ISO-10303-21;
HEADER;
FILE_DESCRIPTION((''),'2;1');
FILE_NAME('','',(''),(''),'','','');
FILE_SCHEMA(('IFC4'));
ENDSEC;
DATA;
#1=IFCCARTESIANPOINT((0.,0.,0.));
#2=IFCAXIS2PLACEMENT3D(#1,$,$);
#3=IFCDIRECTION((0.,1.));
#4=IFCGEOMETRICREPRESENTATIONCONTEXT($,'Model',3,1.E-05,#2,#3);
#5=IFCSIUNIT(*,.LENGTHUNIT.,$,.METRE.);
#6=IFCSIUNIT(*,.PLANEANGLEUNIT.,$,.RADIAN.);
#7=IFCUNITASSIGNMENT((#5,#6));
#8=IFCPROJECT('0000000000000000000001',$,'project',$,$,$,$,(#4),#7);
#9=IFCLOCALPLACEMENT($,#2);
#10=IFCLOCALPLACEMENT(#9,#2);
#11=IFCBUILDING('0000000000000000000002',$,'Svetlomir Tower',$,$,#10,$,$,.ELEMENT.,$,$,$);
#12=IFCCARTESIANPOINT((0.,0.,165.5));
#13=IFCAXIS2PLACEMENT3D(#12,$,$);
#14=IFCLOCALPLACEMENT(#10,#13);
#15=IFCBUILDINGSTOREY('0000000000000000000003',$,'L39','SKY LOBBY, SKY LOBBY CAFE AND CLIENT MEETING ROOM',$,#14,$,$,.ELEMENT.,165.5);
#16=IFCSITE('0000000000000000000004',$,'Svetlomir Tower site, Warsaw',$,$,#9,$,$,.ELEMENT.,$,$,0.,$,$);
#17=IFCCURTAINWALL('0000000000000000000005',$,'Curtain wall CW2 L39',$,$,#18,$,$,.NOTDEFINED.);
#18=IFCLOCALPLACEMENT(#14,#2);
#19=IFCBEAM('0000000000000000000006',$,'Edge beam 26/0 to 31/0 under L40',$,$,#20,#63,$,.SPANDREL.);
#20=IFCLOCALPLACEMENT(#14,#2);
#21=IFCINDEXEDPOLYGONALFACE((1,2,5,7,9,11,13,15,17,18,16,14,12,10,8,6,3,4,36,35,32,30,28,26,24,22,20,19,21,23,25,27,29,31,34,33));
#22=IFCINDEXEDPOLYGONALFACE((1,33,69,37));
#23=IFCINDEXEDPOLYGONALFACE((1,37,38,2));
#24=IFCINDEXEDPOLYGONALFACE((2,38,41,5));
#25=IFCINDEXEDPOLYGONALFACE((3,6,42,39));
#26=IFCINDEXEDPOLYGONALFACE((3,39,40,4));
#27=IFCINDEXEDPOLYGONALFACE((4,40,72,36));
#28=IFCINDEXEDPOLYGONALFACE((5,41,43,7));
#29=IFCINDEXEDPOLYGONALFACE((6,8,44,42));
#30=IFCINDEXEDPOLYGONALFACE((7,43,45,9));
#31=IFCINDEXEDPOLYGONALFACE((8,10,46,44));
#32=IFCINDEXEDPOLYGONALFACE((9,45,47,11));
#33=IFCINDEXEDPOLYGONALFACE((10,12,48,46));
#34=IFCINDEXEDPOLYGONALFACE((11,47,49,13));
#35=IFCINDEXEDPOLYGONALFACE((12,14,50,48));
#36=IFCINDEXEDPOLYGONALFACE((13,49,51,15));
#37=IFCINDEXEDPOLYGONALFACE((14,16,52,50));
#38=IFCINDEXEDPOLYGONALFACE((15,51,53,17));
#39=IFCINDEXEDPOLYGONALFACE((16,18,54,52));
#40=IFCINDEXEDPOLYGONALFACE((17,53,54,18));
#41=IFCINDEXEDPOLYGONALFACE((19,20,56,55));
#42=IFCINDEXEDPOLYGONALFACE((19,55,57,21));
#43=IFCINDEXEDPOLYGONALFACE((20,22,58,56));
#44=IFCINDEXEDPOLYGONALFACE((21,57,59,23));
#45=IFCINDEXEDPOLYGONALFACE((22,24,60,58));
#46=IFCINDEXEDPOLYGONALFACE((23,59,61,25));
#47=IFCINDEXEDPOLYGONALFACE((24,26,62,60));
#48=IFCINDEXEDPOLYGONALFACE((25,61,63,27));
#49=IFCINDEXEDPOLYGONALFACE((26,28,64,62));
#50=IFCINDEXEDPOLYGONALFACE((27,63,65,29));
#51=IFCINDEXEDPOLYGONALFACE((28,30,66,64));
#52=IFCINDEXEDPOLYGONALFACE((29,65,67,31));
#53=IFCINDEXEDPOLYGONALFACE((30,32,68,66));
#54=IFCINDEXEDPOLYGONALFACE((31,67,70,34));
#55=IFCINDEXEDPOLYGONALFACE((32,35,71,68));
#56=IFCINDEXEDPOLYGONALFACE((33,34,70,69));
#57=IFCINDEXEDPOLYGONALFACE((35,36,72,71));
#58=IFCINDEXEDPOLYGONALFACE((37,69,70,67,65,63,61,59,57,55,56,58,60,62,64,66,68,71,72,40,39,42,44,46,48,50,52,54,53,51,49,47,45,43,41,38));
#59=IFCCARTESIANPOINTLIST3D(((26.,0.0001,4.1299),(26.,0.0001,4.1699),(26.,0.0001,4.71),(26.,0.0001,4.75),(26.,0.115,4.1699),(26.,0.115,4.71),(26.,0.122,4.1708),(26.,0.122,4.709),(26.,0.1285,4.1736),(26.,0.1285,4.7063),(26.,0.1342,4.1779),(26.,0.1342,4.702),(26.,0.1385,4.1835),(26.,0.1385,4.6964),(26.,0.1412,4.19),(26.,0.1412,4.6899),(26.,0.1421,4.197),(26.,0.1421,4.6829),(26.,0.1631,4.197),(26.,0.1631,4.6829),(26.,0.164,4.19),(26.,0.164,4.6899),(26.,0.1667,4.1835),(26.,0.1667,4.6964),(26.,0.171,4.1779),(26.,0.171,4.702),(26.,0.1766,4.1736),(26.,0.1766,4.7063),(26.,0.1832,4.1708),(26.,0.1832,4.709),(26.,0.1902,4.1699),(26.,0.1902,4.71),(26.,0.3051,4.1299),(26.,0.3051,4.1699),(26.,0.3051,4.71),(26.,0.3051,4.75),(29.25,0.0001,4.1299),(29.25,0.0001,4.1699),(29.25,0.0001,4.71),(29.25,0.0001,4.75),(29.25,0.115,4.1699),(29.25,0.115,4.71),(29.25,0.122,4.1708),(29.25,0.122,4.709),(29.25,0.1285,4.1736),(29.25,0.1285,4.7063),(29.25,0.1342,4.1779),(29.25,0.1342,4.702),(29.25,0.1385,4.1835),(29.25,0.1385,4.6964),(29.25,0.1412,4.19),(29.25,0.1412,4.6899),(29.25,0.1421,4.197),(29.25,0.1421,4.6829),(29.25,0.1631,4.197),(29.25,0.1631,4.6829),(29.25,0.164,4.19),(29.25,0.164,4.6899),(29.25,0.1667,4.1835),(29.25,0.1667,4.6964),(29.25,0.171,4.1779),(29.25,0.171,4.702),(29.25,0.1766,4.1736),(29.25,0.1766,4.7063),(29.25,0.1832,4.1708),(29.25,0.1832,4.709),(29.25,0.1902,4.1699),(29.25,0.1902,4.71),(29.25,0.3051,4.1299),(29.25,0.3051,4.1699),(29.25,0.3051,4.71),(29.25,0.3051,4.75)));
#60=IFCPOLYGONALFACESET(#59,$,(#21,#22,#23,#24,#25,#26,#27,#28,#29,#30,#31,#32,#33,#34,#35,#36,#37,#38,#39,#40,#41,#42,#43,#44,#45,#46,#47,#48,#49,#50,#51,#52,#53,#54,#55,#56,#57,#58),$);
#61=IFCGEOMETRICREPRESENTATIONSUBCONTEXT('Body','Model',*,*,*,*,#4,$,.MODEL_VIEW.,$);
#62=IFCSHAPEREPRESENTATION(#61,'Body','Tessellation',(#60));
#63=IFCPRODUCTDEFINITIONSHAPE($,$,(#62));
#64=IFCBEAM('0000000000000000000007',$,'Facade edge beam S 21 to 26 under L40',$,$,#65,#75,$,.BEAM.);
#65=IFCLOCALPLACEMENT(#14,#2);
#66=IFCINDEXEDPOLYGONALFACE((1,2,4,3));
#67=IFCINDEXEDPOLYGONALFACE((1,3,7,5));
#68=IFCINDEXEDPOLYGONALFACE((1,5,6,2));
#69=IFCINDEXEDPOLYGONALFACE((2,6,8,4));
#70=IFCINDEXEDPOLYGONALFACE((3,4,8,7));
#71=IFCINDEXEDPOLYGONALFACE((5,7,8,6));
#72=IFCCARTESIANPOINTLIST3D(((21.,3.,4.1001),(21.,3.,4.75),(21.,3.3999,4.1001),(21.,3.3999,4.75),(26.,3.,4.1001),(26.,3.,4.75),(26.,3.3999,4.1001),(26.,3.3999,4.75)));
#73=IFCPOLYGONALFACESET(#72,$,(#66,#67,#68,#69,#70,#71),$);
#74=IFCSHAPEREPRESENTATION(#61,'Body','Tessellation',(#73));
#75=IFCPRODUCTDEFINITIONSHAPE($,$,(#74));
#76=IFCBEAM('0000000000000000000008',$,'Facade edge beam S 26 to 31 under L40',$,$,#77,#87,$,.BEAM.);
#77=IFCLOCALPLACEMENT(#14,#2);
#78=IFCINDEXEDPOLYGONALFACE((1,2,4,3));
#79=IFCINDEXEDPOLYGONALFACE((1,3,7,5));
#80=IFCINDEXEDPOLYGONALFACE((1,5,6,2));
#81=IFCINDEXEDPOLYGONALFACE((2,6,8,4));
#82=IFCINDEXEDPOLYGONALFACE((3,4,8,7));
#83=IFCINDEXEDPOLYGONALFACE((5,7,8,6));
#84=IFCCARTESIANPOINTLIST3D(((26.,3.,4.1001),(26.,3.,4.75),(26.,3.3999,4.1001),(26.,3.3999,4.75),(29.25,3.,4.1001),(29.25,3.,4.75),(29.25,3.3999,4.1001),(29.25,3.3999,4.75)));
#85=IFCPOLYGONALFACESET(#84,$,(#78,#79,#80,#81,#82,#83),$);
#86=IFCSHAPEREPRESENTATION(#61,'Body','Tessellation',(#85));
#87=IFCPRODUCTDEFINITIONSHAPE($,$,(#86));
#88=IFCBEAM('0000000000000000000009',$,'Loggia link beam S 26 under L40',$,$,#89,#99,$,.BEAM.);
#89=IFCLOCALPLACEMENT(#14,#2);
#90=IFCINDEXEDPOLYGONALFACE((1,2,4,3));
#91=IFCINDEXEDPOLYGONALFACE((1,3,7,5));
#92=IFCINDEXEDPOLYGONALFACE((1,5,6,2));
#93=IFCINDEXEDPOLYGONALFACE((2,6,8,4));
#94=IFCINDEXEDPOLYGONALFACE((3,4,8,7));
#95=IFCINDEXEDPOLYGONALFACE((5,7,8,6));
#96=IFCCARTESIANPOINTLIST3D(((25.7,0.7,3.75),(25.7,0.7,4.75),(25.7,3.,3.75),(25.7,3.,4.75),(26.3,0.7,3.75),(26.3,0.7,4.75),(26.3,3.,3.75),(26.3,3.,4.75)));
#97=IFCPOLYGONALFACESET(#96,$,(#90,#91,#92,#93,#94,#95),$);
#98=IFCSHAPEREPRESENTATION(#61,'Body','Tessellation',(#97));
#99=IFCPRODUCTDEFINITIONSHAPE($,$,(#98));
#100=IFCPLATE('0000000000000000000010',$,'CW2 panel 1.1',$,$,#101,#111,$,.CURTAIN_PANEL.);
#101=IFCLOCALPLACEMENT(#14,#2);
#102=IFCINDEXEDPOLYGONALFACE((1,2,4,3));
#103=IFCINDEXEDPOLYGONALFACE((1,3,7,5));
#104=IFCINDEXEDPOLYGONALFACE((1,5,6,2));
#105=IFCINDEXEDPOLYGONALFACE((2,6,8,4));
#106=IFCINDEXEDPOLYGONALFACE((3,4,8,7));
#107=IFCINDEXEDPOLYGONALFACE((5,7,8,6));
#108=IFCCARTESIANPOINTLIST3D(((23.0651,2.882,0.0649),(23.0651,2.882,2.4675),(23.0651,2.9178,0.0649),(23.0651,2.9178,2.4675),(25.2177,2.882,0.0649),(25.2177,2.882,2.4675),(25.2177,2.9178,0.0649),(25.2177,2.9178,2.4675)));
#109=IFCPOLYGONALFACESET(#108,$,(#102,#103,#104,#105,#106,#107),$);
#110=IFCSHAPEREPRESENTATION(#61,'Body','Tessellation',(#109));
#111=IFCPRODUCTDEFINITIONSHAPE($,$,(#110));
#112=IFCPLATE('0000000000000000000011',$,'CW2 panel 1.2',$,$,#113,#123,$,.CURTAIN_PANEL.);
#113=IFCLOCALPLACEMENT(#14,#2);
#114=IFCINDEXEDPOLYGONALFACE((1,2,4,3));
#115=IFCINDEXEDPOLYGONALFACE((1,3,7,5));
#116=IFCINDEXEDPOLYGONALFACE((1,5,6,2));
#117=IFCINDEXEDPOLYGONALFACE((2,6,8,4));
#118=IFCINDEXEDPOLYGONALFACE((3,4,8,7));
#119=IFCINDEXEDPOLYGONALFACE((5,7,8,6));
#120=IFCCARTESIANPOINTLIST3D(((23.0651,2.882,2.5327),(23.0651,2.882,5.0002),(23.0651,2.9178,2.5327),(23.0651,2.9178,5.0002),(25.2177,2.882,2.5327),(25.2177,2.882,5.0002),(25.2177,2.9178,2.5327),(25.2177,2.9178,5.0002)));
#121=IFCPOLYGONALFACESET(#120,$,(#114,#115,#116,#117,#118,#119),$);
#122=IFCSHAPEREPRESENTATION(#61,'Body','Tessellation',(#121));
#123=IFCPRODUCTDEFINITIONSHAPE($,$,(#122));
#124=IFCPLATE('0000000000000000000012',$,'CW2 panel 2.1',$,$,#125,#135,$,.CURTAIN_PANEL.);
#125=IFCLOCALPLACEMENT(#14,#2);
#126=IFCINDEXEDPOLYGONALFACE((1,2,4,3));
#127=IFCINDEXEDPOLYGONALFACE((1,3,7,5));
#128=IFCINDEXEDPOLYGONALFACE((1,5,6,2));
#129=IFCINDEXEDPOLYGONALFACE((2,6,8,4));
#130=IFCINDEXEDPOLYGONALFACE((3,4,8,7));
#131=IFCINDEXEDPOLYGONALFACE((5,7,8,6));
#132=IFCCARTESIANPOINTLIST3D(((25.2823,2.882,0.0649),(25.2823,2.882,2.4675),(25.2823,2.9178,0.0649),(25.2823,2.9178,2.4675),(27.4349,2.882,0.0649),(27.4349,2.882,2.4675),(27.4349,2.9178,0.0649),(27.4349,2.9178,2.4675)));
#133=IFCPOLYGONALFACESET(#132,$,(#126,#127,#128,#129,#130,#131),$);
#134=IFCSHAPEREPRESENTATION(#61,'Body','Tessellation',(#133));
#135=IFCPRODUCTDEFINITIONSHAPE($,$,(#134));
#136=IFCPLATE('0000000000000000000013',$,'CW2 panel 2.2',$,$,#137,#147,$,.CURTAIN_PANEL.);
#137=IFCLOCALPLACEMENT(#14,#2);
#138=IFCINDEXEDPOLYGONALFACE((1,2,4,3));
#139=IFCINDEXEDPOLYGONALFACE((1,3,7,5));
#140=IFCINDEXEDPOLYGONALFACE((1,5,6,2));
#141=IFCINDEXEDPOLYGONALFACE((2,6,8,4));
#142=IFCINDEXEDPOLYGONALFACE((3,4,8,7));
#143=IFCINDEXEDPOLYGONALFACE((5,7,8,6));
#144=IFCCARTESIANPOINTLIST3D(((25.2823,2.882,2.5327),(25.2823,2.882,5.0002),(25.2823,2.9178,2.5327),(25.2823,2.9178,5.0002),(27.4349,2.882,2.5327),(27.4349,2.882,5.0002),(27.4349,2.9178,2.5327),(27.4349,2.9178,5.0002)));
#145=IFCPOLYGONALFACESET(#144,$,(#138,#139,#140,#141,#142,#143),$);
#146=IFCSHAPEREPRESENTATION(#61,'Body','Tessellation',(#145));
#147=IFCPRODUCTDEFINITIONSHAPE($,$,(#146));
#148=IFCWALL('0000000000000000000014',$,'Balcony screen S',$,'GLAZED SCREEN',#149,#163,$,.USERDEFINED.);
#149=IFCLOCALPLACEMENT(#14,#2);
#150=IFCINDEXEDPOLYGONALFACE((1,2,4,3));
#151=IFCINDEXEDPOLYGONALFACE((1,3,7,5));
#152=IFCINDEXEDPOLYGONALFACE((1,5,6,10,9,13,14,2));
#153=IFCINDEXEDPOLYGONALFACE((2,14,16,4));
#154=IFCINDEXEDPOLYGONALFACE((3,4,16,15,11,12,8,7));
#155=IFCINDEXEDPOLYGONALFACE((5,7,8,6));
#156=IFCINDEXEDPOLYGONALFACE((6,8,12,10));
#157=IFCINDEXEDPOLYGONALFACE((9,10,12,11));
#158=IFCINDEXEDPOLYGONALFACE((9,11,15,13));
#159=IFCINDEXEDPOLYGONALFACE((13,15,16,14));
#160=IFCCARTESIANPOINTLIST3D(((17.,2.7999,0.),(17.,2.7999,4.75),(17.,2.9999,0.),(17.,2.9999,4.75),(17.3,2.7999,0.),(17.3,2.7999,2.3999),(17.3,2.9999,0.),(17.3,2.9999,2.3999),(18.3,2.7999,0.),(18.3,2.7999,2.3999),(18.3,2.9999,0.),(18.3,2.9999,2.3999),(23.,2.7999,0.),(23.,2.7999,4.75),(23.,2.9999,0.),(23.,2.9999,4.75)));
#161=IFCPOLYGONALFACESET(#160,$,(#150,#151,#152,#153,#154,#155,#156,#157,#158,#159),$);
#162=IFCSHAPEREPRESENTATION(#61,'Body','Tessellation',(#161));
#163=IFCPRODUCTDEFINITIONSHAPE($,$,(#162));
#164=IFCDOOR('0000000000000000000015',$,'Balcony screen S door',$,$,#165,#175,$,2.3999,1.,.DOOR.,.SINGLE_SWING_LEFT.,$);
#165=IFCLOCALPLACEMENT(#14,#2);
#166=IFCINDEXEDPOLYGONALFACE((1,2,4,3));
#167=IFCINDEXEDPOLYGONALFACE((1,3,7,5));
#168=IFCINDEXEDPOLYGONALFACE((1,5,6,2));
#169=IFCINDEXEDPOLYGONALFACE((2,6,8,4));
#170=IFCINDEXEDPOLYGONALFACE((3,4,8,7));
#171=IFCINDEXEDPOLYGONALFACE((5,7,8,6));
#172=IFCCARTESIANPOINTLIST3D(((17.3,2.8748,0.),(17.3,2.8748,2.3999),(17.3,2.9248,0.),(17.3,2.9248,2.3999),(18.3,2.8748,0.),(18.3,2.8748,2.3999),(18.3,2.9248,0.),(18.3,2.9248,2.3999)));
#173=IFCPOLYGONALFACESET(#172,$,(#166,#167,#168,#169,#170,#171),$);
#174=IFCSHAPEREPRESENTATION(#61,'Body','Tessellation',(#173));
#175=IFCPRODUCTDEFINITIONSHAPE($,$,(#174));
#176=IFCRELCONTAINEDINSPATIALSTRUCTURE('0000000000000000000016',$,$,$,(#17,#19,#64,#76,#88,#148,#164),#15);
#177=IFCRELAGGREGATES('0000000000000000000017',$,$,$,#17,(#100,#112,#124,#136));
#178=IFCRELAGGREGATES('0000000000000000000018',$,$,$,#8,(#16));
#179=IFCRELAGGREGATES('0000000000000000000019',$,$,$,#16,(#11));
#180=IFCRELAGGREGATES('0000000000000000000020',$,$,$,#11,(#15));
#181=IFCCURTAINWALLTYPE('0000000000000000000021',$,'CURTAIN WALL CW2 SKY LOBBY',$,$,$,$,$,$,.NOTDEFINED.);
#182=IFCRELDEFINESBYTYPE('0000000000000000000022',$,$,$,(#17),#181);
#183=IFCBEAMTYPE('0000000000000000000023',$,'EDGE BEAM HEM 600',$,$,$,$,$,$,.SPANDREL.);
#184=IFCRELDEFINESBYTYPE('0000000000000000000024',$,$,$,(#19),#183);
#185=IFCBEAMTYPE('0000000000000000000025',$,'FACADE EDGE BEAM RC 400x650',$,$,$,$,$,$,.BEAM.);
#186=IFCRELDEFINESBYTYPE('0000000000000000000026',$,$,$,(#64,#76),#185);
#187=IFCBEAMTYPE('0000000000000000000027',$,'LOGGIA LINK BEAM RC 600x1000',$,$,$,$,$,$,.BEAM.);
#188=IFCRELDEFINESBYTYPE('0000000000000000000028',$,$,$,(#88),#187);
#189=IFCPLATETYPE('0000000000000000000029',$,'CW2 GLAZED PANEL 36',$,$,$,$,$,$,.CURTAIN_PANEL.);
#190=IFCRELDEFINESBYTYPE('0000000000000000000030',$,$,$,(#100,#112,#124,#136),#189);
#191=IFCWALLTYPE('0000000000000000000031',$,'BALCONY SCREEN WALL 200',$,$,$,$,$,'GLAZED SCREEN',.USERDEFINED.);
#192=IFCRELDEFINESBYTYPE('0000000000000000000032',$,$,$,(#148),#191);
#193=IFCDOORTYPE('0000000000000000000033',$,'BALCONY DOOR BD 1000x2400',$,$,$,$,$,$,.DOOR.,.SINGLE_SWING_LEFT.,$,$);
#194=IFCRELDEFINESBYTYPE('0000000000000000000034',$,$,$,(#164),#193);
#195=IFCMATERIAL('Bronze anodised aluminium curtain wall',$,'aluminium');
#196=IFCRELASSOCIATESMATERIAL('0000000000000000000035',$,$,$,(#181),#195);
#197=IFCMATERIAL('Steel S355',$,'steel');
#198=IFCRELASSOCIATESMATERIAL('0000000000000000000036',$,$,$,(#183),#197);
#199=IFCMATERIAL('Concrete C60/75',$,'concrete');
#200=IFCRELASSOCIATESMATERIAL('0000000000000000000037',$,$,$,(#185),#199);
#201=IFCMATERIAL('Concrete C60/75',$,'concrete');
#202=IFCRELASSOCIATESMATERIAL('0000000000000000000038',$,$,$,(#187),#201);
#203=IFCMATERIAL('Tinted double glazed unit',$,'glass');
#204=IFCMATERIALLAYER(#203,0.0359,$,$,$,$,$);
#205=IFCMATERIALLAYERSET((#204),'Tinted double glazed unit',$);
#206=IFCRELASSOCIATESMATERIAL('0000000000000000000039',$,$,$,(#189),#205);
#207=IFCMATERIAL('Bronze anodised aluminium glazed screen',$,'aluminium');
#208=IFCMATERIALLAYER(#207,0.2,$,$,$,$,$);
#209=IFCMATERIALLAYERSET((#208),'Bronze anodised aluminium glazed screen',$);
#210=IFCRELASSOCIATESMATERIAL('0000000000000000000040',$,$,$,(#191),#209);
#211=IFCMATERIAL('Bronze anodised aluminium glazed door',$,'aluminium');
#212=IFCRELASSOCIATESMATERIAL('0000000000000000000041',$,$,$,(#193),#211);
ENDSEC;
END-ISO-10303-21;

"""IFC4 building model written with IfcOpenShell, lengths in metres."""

from ifc_helpers import new_model, si_unit, direction, frame, frame_2d, origin, origin_2d, place, context, subcontext, project, spatial, rectangle, i_section, extrude, material, layer, layer_set, material_profile, profile_set, type_object, element, fill, aggregate, save


model = new_model("IFC4")

# Units and contexts
model_context = context("Model", 3, precision=1e-05, world=origin(), true_north=direction((0.0, 1.0)))
body_context = subcontext(model_context, "Body", "Model", "MODEL_VIEW")
ifc_project = project(units=[si_unit("LENGTHUNIT", "METRE"), si_unit("PLANEANGLEUNIT", "RADIAN")], contexts=[model_context])

# Site, building, storey
site_placement = place(None, origin())
site = spatial("IfcSite", under=ifc_project, at=site_placement, Name="Svetlomir Tower site, Warsaw", CompositionType="ELEMENT", RefElevation=0.0)
building_placement = place(site_placement, origin())
building = spatial("IfcBuilding", under=site, at=building_placement, Name="Svetlomir Tower", CompositionType="ELEMENT")
storey_placement = place(building_placement, frame((0.0, 0.0, 165.5)))
storey = spatial("IfcBuildingStorey", under=building, at=storey_placement, Name="L39", Description="SKY LOBBY, SKY LOBBY CAFE AND CLIENT MEETING ROOM", CompositionType="ELEMENT", Elevation=165.5)

# Shared definitions
ifc_material_1 = material(Name="Bronze anodised aluminium curtain wall", Category="aluminium")
curtain_wall_type = type_object("IfcCurtainWallType", Name="CURTAIN WALL CW2 SKY LOBBY", PredefinedType="NOTDEFINED", material=ifc_material_1)

# Curtain wall
curtain_wall_1_placement = place(storey_placement, origin())
curtain_wall_1 = element("IfcCurtainWall", 1, at=curtain_wall_1_placement, inside=storey, type_object=curtain_wall_type, Name="Curtain wall CW2 L39", PredefinedType="NOTDEFINED")

# Beams
ifc_material_2 = material(Name="Steel S355", Category="steel")
ifc_material_profile_1 = material_profile(ifc_material_2, i_section(OverallWidth=0.3049, OverallDepth=0.6201, WebThickness=0.021, FlangeThickness=0.04, FilletRadius=0.0271, at=origin_2d()), Name="HEM 600")
ifc_profile_set_1 = profile_set([ifc_material_profile_1], Name="Steel S355")
beam_type_1 = type_object("IfcBeamType", Name="EDGE BEAM HEM 600", PredefinedType="SPANDREL", material=ifc_profile_set_1)
beam_1_placement = place(storey_placement, frame((26.0, 0.1526, 4.4399), z_axis=(1.0, 0.0, 0.0), x_axis=(0.0, 1.0, 0.0)))
element("IfcBeam", 2, at=beam_1_placement, inside=storey, type_object=beam_type_1, Name="Edge beam 26/0 to 31/0 under L40", PredefinedType="SPANDREL", context=body_context, shape_type="SweptSolid", body=[
    extrude(i_section(OverallWidth=0.3049, OverallDepth=0.6201, WebThickness=0.021, FlangeThickness=0.04, FilletRadius=0.0271, at=origin_2d()), origin(), (0.0, 0.0, 1.0), 3.25),
])
ifc_material_3 = material(Name="Concrete C60/75", Category="concrete")
ifc_material_profile_2 = material_profile(ifc_material_3, rectangle(XDim=0.3999, YDim=0.6499, at=origin_2d()), Name="RC 400x650")
ifc_profile_set_2 = profile_set([ifc_material_profile_2], Name="Concrete C60/75")
beam_type_2 = type_object("IfcBeamType", Name="FACADE EDGE BEAM RC 400x650", PredefinedType="BEAM", material=ifc_profile_set_2)
beam_2_placement = place(storey_placement, frame((21.0, 3.2, 4.425), z_axis=(1.0, 0.0, 0.0), x_axis=(0.0, 1.0, 0.0)))
element("IfcBeam", 3, at=beam_2_placement, inside=storey, type_object=beam_type_2, Name="Facade edge beam S 21 to 26 under L40", PredefinedType="BEAM", context=body_context, shape_type="SweptSolid", body=[
    extrude(rectangle(XDim=0.3999, YDim=0.6499, at=origin_2d()), origin(), (0.0, 0.0, 1.0), 5.0),
])
beam_3_placement = place(storey_placement, frame((26.0, 3.2, 4.425), z_axis=(1.0, 0.0, 0.0), x_axis=(0.0, 1.0, 0.0)))
element("IfcBeam", 4, at=beam_3_placement, inside=storey, type_object=beam_type_2, Name="Facade edge beam S 26 to 31 under L40", PredefinedType="BEAM", context=body_context, shape_type="SweptSolid", body=[
    extrude(rectangle(XDim=0.3999, YDim=0.6499, at=origin_2d()), origin(), (0.0, 0.0, 1.0), 3.25),
])
ifc_material_4 = material(Name="Concrete C60/75", Category="concrete")
ifc_material_profile_3 = material_profile(ifc_material_4, rectangle(XDim=0.6001, YDim=1.0, at=origin_2d()), Name="RC 600x1000")
ifc_profile_set_3 = profile_set([ifc_material_profile_3], Name="Concrete C60/75")
beam_type_3 = type_object("IfcBeamType", Name="LOGGIA LINK BEAM RC 600x1000", PredefinedType="BEAM", material=ifc_profile_set_3)
beam_4_placement = place(storey_placement, frame((26.0, 0.7, 4.25), z_axis=(0.0, 1.0, 0.0), x_axis=(-1.0, 0.0, 0.0)))
element("IfcBeam", 5, at=beam_4_placement, inside=storey, type_object=beam_type_3, Name="Loggia link beam S 26 under L40", PredefinedType="BEAM", context=body_context, shape_type="SweptSolid", body=[
    extrude(rectangle(XDim=0.6001, YDim=1.0, at=origin_2d()), origin(), (0.0, 0.0, 1.0), 2.3),
])

# Plates
ifc_material_5 = material(Name="Tinted double glazed unit", Category="glass")
ifc_layer_1 = layer(ifc_material_5, 0.0359)
ifc_layer_set_1 = layer_set([ifc_layer_1], Name="Tinted double glazed unit")
plate_type = type_object("IfcPlateType", Name="CW2 GLAZED PANEL 36", PredefinedType="CURTAIN_PANEL", material=ifc_layer_set_1)
plate_1_placement = place(storey_placement, frame((24.1414, 2.8999, 0.0649), z_axis=(0.0, 0.0, 1.0), x_axis=(1.0, 0.0, 0.0)))
plate_1 = element("IfcPlate", 6, at=plate_1_placement, type_object=plate_type, Name="CW2 panel 1.1", PredefinedType="CURTAIN_PANEL", context=body_context, shape_type="SweptSolid", body=[
    extrude(rectangle(XDim=2.1526, YDim=0.0359, at=origin_2d()), origin(), (0.0, 0.0, 1.0), 2.4026),
])
plate_2_placement = place(storey_placement, frame((24.1414, 2.8999, 2.5327), z_axis=(0.0, 0.0, 1.0), x_axis=(1.0, 0.0, 0.0)))
plate_2 = element("IfcPlate", 7, at=plate_2_placement, type_object=plate_type, Name="CW2 panel 1.2", PredefinedType="CURTAIN_PANEL", context=body_context, shape_type="SweptSolid", body=[
    extrude(rectangle(XDim=2.1526, YDim=0.0359, at=origin_2d()), origin(), (0.0, 0.0, 1.0), 2.4675),
])
plate_3_placement = place(storey_placement, frame((26.3586, 2.8999, 0.0649), z_axis=(0.0, 0.0, 1.0), x_axis=(1.0, 0.0, 0.0)))
plate_3 = element("IfcPlate", 8, at=plate_3_placement, type_object=plate_type, Name="CW2 panel 2.1", PredefinedType="CURTAIN_PANEL", context=body_context, shape_type="SweptSolid", body=[
    extrude(rectangle(XDim=2.1526, YDim=0.0359, at=origin_2d()), origin(), (0.0, 0.0, 1.0), 2.4026),
])
plate_4_placement = place(storey_placement, frame((26.3586, 2.8999, 2.5327), z_axis=(0.0, 0.0, 1.0), x_axis=(1.0, 0.0, 0.0)))
plate_4 = element("IfcPlate", 9, at=plate_4_placement, type_object=plate_type, Name="CW2 panel 2.2", PredefinedType="CURTAIN_PANEL", context=body_context, shape_type="SweptSolid", body=[
    extrude(rectangle(XDim=2.1526, YDim=0.0359, at=origin_2d()), origin(), (0.0, 0.0, 1.0), 2.4675),
])
aggregate(curtain_wall_1, [plate_1, plate_2, plate_3, plate_4])

# Wall, opening, door
ifc_material_6 = material(Name="Bronze anodised aluminium glazed screen", Category="aluminium")
ifc_layer_2 = layer(ifc_material_6, 0.2)
ifc_layer_set_2 = layer_set([ifc_layer_2], Name="Bronze anodised aluminium glazed screen")
wall_type_1 = type_object("IfcWallType", Name="BALCONY SCREEN WALL 200", ElementType="GLAZED SCREEN", PredefinedType="USERDEFINED", material=ifc_layer_set_2)
wall_1_placement = place(storey_placement, frame((17.0, 2.8999, 0.0), z_axis=(0.0, 0.0, 1.0), x_axis=(1.0, 0.0, 0.0)))
wall_1 = element("IfcWall", 10, at=wall_1_placement, inside=storey, type_object=wall_type_1, Name="Balcony screen S", ObjectType="GLAZED SCREEN", PredefinedType="USERDEFINED", context=body_context, shape_type="SweptSolid", body=[
    extrude(rectangle(XDim=6.0, YDim=0.2, at=frame_2d((3.0, 0.0))), origin(), (0.0, 0.0, 1.0), 4.75),
])
opening_placement = place(wall_1_placement, frame((0.3, 0.0, 0.0)))
opening = element("IfcOpeningElement", 11, at=opening_placement, cuts=wall_1, PredefinedType="OPENING", context=body_context, shape_type="SweptSolid", body=[
    extrude(rectangle(XDim=1.0, YDim=2.3999, at=frame_2d((0.5, 1.2))), frame((0.0, 0.1099, 0.0), z_axis=(0.0, -1.0, 0.0), x_axis=(1.0, 0.0, 0.0)), (0.0, 0.0, 1.0), 0.22),
])
ifc_material_7 = material(Name="Bronze anodised aluminium glazed door", Category="aluminium")
door_type = type_object("IfcDoorType", Name="BALCONY DOOR BD 1000x2400", OperationType="SINGLE_SWING_LEFT", PredefinedType="DOOR", material=ifc_material_7)
door_placement = place(opening_placement, origin())
door = element("IfcDoor", 12, at=door_placement, inside=storey, type_object=door_type, Name="Balcony screen S door", OperationType="SINGLE_SWING_LEFT", OverallHeight=2.3999, OverallWidth=1.0, PredefinedType="DOOR", context=body_context, shape_type="SweptSolid", body=[
    extrude(rectangle(XDim=1.0, YDim=2.3999, at=frame_2d((0.5, 1.2))), frame((0.0, 0.0249, 0.0), z_axis=(0.0, -1.0, 0.0), x_axis=(1.0, 0.0, 0.0)), (0.0, 0.0, 1.0), 0.05),
])
fill(opening, door)

save(model, "model.ifc")
